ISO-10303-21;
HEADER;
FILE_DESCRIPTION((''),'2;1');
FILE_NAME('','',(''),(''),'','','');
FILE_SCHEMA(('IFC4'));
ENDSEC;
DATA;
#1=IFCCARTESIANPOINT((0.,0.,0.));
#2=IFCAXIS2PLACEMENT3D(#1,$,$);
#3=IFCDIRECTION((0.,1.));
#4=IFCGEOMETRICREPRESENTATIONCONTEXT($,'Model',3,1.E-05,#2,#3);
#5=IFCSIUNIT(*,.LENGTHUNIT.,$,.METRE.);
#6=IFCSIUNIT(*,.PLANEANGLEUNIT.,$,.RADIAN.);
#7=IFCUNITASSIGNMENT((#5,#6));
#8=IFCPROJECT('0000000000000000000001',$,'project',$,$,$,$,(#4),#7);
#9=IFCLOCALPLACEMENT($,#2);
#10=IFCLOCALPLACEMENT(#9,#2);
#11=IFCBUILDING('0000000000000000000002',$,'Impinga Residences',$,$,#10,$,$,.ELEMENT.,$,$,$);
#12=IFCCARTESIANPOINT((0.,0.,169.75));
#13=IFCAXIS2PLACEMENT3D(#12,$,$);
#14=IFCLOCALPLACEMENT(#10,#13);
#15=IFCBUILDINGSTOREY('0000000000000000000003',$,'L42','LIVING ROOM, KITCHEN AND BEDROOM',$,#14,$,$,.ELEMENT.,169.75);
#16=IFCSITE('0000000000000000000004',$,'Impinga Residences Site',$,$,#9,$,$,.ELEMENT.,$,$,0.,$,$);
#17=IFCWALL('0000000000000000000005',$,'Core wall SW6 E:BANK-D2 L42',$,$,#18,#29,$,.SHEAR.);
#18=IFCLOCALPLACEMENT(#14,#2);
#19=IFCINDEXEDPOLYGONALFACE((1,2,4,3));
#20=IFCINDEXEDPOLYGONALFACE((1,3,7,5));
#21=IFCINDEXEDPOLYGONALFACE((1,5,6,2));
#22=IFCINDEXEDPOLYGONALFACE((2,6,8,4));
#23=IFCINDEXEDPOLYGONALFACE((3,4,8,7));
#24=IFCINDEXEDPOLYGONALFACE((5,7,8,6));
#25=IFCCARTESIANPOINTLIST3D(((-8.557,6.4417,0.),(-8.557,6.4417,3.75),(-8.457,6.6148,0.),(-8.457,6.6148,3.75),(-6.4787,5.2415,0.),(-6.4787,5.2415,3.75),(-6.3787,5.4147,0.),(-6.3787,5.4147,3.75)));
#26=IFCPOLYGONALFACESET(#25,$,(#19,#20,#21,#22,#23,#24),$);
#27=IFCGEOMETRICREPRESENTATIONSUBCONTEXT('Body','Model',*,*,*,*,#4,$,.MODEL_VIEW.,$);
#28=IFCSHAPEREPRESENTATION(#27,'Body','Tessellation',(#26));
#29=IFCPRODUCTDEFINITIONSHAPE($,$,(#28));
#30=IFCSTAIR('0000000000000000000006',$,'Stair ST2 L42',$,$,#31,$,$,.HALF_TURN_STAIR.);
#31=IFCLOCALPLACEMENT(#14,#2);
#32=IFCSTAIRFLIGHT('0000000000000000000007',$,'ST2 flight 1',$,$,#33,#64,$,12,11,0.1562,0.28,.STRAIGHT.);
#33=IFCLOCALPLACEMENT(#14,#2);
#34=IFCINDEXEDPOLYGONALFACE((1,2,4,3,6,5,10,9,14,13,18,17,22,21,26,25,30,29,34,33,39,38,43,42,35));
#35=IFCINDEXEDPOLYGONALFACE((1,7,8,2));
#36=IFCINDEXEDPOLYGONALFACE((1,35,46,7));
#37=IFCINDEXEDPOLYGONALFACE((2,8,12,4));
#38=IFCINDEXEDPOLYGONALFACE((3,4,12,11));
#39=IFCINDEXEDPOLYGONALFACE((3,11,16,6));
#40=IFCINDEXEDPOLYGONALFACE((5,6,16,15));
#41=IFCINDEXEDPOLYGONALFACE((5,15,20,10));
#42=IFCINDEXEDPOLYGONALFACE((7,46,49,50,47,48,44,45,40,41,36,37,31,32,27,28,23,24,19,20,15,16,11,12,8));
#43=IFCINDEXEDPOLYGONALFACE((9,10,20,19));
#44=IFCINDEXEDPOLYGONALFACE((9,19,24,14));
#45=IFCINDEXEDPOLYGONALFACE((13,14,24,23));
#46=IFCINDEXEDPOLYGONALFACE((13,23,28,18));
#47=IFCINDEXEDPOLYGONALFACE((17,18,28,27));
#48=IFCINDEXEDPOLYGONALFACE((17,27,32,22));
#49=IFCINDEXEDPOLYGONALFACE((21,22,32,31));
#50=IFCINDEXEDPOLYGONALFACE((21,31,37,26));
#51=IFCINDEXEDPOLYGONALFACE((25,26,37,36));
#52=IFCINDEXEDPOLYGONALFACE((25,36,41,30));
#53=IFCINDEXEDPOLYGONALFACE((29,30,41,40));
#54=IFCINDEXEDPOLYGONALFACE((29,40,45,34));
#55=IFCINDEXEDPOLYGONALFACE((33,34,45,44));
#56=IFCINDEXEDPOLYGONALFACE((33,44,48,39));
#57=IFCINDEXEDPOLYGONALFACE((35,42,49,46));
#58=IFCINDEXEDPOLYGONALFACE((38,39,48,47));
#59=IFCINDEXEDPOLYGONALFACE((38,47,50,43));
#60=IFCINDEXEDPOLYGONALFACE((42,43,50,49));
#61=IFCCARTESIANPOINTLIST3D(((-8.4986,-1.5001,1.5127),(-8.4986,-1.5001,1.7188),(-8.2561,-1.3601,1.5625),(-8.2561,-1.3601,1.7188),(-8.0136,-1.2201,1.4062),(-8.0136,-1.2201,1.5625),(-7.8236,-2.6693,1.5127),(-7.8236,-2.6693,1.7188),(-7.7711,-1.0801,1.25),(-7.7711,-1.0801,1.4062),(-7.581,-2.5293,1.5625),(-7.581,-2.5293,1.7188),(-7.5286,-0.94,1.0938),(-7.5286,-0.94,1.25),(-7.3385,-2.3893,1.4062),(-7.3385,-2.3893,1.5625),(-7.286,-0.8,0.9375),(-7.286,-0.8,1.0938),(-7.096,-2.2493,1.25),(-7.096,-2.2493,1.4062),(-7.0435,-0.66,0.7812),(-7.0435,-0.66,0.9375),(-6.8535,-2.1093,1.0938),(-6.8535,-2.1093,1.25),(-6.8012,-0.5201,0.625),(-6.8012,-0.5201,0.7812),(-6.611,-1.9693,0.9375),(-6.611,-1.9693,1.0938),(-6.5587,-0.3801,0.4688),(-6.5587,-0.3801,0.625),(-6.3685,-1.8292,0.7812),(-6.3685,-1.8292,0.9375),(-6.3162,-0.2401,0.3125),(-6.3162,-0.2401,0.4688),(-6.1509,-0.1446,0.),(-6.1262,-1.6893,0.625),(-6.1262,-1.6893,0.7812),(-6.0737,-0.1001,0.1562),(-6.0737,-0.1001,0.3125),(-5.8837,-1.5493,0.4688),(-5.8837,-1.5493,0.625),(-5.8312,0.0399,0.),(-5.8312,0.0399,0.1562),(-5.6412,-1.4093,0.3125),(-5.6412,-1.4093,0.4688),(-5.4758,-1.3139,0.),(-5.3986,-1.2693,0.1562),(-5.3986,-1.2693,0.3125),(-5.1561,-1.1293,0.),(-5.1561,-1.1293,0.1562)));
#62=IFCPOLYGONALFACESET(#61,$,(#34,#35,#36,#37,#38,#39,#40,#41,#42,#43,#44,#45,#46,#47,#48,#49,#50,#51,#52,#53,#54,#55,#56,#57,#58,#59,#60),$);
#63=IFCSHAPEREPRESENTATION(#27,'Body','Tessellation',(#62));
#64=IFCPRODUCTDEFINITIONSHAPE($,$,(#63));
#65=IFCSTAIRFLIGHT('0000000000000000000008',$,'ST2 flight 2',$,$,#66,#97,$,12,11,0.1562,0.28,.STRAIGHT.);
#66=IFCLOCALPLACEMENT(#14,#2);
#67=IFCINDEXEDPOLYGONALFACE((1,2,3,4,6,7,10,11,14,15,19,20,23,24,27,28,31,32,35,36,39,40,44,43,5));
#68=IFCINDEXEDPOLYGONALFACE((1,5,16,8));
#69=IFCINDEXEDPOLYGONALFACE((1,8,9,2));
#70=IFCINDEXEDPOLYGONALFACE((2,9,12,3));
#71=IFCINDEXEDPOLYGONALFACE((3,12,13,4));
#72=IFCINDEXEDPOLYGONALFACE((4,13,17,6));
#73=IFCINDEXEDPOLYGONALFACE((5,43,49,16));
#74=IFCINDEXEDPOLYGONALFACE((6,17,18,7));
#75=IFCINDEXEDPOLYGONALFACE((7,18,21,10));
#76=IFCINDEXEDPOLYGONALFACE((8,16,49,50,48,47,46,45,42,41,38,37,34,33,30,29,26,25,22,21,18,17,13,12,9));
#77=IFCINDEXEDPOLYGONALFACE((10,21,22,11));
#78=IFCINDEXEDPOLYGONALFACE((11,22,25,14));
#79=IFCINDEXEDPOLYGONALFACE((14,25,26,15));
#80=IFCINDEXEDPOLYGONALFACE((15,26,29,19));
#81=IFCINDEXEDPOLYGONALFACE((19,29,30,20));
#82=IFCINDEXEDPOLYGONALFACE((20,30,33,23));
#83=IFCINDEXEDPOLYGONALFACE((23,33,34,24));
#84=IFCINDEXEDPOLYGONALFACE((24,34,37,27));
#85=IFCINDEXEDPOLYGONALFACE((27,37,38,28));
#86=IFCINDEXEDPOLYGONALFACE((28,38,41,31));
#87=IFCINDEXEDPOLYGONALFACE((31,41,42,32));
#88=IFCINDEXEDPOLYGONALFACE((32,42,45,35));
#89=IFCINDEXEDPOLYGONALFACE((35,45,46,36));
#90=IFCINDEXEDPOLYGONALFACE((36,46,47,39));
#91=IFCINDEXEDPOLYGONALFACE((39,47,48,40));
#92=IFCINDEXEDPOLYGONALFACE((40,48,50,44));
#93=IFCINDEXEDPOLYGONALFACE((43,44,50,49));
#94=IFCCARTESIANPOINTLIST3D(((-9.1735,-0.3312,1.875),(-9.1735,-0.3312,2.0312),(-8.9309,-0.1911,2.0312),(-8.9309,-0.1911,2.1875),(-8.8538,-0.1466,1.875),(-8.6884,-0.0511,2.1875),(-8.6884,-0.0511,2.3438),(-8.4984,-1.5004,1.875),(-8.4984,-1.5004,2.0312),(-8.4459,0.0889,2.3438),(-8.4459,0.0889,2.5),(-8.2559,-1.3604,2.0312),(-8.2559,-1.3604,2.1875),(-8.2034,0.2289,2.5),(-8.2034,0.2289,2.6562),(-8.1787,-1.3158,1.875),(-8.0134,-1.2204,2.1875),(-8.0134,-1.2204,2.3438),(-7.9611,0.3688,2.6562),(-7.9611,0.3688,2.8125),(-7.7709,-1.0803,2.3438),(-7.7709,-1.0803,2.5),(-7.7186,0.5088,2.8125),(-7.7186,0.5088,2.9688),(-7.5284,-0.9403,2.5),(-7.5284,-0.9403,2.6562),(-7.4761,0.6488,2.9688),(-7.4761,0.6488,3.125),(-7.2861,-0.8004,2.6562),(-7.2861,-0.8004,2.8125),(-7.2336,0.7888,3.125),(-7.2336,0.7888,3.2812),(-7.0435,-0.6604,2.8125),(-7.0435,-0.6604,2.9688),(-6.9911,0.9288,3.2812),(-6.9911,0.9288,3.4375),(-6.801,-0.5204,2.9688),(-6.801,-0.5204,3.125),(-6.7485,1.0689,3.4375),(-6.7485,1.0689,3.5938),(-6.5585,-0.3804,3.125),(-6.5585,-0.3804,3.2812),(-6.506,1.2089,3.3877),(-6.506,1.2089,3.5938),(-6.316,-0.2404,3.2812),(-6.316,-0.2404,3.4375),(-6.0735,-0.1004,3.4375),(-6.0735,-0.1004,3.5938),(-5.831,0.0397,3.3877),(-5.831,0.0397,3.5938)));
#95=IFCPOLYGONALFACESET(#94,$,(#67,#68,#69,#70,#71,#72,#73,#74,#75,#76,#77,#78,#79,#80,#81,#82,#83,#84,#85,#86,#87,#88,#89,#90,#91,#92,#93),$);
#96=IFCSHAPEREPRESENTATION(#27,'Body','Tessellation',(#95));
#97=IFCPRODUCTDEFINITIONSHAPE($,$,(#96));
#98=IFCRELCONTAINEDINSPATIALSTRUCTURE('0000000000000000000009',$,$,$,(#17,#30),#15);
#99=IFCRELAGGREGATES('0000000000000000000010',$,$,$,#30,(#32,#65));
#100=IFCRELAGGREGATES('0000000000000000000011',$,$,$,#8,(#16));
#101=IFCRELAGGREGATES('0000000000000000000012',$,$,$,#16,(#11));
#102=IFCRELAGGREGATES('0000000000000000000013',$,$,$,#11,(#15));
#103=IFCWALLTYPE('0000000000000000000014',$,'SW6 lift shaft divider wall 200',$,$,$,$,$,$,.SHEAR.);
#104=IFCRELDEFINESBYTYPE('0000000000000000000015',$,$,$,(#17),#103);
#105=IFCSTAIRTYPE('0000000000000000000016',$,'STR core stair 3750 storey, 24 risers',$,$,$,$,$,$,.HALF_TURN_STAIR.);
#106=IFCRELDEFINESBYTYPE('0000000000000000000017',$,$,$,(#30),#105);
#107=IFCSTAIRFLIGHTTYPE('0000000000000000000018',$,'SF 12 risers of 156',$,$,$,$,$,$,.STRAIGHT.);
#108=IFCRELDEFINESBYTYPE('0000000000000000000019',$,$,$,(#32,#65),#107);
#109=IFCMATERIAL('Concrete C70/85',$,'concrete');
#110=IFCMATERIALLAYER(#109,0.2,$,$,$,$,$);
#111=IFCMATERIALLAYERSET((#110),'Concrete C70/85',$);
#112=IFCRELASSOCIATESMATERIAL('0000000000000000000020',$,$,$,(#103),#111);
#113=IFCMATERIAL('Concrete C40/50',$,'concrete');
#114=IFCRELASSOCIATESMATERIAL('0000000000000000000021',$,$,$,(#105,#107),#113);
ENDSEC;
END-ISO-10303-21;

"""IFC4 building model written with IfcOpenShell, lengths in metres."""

from ifc_helpers import new_model, si_unit, direction, frame, frame_2d, origin, place, context, subcontext, project, spatial, polyline, rectangle, outline, extrude, material, layer, layer_set, type_object, element, aggregate, save


model = new_model("IFC4")

# Units and contexts
model_context = context("Model", 3, precision=1e-05, world=origin(), true_north=direction((0.0, 1.0)))
body_context = subcontext(model_context, "Body", "Model", "MODEL_VIEW")
ifc_project = project(units=[si_unit("LENGTHUNIT", "METRE"), si_unit("PLANEANGLEUNIT", "RADIAN")], contexts=[model_context])

# Site, building, storey
site_placement = place(None, origin())
site = spatial("IfcSite", under=ifc_project, at=site_placement, Name="Impinga Residences Site", CompositionType="ELEMENT", RefElevation=0.0)
building_placement = place(site_placement, origin())
building = spatial("IfcBuilding", under=site, at=building_placement, Name="Impinga Residences", CompositionType="ELEMENT")
storey_placement = place(building_placement, frame((0.0, 0.0, 169.75)))
storey = spatial("IfcBuildingStorey", under=building, at=storey_placement, Name="L42", Description="LIVING ROOM, KITCHEN AND BEDROOM", CompositionType="ELEMENT", Elevation=169.75)

# Wall
ifc_material_1 = material(Name="Concrete C70/85", Category="concrete")
ifc_layer_1 = layer(ifc_material_1, 0.2)
ifc_layer_set_1 = layer_set([ifc_layer_1], Name="Concrete C70/85")
wall_type_1 = type_object("IfcWallType", Name="SW6 lift shaft divider wall 200", PredefinedType="SHEAR", material=ifc_layer_set_1)
wall_1_placement = place(storey_placement, frame((-6.4287, 5.3281, 0.0), z_axis=(0.0, 0.0, 1.0), x_axis=(-0.865981, 0.500078, 0.0)))
element("IfcWall", 1, at=wall_1_placement, inside=storey, type_object=wall_type_1, Name="Core wall SW6 E:BANK-D2 L42", PredefinedType="SHEAR", context=body_context, shape_type="SweptSolid", body=[
    extrude(rectangle(XDim=2.3999, YDim=0.2, at=frame_2d((1.2, 0.0))), origin(), (0.0, 0.0, 1.0), 3.75),
])

# Stair, stair flights
ifc_material_2 = material(Name="Concrete C40/50", Category="concrete")
stair_type = type_object("IfcStairType", Name="STR core stair 3750 storey, 24 risers", PredefinedType="HALF_TURN_STAIR", material=ifc_material_2)
stair_placement = place(storey_placement, origin())
stair = element("IfcStair", 2, at=stair_placement, inside=storey, type_object=stair_type, Name="Stair ST2 L42", PredefinedType="HALF_TURN_STAIR")
stair_flight_type = type_object("IfcStairFlightType", Name="SF 12 risers of 156", PredefinedType="STRAIGHT", material=ifc_material_2)
stair_flight_1_placement = place(storey_placement, frame((-5.4937, -0.5447, 0.0), z_axis=(0.0, 0.0, 1.0), x_axis=(-0.866025, -0.5, 0.0)))
stair_flight_1 = element("IfcStairFlight", 3, at=stair_flight_1_placement, type_object=stair_flight_type, Name="ST2 flight 1", NumberOfRisers=12, NumberOfTreads=11, PredefinedType="STRAIGHT", RiserHeight=0.1562, TreadLength=0.28, context=body_context, shape_type="SweptSolid", body=[
    extrude(outline(polyline([(0.0, 0.0), (0.0, 0.1562), (0.28, 0.1562), (0.28, 0.3125), (0.5601, 0.3125), (0.5601, 0.4688), (0.8401, 0.4688), (0.8401, 0.625), (1.1201, 0.625), (1.1201, 0.7812), (1.3999, 0.7812), (1.3999, 0.9375), (1.6799, 0.9375), (1.6799, 1.0938), (1.96, 1.0938), (1.96, 1.25), (2.24, 1.25), (2.24, 1.4062), (2.52, 1.4062), (2.52, 1.5625), (2.8, 1.5625), (2.8, 1.7188), (3.0801, 1.7188), (3.0801, 1.875), (3.0801, 1.5127), (0.3691, 0.0), (0.0, 0.0)])), frame((0.0, 0.675, 0.0), z_axis=(0.0, -1.0, 0.0), x_axis=(1.0, 0.0, 0.0)), (0.0, 0.0, 1.0), 1.3501),
])
stair_flight_2_placement = place(storey_placement, frame((-8.8359, -0.9158, 1.875), z_axis=(0.0, 0.0, 1.0), x_axis=(0.866025, 0.5, 0.0)))
stair_flight_2 = element("IfcStairFlight", 4, at=stair_flight_2_placement, type_object=stair_flight_type, Name="ST2 flight 2", NumberOfRisers=12, NumberOfTreads=11, PredefinedType="STRAIGHT", RiserHeight=0.1562, TreadLength=0.28, context=body_context, shape_type="SweptSolid", body=[
    extrude(outline(polyline([(0.0, 0.0), (0.0, 0.1562), (0.28, 0.1562), (0.28, 0.3125), (0.5601, 0.3125), (0.5601, 0.4688), (0.8401, 0.4688), (0.8401, 0.625), (1.1201, 0.625), (1.1201, 0.7812), (1.3999, 0.7812), (1.3999, 0.9375), (1.6799, 0.9375), (1.6799, 1.0938), (1.96, 1.0938), (1.96, 1.25), (2.24, 1.25), (2.24, 1.4062), (2.52, 1.4062), (2.52, 1.5625), (2.8, 1.5625), (2.8, 1.7188), (3.0801, 1.7188), (3.0801, 1.875), (3.0801, 1.5127), (0.3691, 0.0), (0.0, 0.0)])), frame((0.0, 0.675, 0.0), z_axis=(0.0, -1.0, 0.0), x_axis=(1.0, 0.0, 0.0)), (0.0, 0.0, 1.0), 1.3501),
])
aggregate(stair, [stair_flight_1, stair_flight_2])

save(model, "model.ifc")
